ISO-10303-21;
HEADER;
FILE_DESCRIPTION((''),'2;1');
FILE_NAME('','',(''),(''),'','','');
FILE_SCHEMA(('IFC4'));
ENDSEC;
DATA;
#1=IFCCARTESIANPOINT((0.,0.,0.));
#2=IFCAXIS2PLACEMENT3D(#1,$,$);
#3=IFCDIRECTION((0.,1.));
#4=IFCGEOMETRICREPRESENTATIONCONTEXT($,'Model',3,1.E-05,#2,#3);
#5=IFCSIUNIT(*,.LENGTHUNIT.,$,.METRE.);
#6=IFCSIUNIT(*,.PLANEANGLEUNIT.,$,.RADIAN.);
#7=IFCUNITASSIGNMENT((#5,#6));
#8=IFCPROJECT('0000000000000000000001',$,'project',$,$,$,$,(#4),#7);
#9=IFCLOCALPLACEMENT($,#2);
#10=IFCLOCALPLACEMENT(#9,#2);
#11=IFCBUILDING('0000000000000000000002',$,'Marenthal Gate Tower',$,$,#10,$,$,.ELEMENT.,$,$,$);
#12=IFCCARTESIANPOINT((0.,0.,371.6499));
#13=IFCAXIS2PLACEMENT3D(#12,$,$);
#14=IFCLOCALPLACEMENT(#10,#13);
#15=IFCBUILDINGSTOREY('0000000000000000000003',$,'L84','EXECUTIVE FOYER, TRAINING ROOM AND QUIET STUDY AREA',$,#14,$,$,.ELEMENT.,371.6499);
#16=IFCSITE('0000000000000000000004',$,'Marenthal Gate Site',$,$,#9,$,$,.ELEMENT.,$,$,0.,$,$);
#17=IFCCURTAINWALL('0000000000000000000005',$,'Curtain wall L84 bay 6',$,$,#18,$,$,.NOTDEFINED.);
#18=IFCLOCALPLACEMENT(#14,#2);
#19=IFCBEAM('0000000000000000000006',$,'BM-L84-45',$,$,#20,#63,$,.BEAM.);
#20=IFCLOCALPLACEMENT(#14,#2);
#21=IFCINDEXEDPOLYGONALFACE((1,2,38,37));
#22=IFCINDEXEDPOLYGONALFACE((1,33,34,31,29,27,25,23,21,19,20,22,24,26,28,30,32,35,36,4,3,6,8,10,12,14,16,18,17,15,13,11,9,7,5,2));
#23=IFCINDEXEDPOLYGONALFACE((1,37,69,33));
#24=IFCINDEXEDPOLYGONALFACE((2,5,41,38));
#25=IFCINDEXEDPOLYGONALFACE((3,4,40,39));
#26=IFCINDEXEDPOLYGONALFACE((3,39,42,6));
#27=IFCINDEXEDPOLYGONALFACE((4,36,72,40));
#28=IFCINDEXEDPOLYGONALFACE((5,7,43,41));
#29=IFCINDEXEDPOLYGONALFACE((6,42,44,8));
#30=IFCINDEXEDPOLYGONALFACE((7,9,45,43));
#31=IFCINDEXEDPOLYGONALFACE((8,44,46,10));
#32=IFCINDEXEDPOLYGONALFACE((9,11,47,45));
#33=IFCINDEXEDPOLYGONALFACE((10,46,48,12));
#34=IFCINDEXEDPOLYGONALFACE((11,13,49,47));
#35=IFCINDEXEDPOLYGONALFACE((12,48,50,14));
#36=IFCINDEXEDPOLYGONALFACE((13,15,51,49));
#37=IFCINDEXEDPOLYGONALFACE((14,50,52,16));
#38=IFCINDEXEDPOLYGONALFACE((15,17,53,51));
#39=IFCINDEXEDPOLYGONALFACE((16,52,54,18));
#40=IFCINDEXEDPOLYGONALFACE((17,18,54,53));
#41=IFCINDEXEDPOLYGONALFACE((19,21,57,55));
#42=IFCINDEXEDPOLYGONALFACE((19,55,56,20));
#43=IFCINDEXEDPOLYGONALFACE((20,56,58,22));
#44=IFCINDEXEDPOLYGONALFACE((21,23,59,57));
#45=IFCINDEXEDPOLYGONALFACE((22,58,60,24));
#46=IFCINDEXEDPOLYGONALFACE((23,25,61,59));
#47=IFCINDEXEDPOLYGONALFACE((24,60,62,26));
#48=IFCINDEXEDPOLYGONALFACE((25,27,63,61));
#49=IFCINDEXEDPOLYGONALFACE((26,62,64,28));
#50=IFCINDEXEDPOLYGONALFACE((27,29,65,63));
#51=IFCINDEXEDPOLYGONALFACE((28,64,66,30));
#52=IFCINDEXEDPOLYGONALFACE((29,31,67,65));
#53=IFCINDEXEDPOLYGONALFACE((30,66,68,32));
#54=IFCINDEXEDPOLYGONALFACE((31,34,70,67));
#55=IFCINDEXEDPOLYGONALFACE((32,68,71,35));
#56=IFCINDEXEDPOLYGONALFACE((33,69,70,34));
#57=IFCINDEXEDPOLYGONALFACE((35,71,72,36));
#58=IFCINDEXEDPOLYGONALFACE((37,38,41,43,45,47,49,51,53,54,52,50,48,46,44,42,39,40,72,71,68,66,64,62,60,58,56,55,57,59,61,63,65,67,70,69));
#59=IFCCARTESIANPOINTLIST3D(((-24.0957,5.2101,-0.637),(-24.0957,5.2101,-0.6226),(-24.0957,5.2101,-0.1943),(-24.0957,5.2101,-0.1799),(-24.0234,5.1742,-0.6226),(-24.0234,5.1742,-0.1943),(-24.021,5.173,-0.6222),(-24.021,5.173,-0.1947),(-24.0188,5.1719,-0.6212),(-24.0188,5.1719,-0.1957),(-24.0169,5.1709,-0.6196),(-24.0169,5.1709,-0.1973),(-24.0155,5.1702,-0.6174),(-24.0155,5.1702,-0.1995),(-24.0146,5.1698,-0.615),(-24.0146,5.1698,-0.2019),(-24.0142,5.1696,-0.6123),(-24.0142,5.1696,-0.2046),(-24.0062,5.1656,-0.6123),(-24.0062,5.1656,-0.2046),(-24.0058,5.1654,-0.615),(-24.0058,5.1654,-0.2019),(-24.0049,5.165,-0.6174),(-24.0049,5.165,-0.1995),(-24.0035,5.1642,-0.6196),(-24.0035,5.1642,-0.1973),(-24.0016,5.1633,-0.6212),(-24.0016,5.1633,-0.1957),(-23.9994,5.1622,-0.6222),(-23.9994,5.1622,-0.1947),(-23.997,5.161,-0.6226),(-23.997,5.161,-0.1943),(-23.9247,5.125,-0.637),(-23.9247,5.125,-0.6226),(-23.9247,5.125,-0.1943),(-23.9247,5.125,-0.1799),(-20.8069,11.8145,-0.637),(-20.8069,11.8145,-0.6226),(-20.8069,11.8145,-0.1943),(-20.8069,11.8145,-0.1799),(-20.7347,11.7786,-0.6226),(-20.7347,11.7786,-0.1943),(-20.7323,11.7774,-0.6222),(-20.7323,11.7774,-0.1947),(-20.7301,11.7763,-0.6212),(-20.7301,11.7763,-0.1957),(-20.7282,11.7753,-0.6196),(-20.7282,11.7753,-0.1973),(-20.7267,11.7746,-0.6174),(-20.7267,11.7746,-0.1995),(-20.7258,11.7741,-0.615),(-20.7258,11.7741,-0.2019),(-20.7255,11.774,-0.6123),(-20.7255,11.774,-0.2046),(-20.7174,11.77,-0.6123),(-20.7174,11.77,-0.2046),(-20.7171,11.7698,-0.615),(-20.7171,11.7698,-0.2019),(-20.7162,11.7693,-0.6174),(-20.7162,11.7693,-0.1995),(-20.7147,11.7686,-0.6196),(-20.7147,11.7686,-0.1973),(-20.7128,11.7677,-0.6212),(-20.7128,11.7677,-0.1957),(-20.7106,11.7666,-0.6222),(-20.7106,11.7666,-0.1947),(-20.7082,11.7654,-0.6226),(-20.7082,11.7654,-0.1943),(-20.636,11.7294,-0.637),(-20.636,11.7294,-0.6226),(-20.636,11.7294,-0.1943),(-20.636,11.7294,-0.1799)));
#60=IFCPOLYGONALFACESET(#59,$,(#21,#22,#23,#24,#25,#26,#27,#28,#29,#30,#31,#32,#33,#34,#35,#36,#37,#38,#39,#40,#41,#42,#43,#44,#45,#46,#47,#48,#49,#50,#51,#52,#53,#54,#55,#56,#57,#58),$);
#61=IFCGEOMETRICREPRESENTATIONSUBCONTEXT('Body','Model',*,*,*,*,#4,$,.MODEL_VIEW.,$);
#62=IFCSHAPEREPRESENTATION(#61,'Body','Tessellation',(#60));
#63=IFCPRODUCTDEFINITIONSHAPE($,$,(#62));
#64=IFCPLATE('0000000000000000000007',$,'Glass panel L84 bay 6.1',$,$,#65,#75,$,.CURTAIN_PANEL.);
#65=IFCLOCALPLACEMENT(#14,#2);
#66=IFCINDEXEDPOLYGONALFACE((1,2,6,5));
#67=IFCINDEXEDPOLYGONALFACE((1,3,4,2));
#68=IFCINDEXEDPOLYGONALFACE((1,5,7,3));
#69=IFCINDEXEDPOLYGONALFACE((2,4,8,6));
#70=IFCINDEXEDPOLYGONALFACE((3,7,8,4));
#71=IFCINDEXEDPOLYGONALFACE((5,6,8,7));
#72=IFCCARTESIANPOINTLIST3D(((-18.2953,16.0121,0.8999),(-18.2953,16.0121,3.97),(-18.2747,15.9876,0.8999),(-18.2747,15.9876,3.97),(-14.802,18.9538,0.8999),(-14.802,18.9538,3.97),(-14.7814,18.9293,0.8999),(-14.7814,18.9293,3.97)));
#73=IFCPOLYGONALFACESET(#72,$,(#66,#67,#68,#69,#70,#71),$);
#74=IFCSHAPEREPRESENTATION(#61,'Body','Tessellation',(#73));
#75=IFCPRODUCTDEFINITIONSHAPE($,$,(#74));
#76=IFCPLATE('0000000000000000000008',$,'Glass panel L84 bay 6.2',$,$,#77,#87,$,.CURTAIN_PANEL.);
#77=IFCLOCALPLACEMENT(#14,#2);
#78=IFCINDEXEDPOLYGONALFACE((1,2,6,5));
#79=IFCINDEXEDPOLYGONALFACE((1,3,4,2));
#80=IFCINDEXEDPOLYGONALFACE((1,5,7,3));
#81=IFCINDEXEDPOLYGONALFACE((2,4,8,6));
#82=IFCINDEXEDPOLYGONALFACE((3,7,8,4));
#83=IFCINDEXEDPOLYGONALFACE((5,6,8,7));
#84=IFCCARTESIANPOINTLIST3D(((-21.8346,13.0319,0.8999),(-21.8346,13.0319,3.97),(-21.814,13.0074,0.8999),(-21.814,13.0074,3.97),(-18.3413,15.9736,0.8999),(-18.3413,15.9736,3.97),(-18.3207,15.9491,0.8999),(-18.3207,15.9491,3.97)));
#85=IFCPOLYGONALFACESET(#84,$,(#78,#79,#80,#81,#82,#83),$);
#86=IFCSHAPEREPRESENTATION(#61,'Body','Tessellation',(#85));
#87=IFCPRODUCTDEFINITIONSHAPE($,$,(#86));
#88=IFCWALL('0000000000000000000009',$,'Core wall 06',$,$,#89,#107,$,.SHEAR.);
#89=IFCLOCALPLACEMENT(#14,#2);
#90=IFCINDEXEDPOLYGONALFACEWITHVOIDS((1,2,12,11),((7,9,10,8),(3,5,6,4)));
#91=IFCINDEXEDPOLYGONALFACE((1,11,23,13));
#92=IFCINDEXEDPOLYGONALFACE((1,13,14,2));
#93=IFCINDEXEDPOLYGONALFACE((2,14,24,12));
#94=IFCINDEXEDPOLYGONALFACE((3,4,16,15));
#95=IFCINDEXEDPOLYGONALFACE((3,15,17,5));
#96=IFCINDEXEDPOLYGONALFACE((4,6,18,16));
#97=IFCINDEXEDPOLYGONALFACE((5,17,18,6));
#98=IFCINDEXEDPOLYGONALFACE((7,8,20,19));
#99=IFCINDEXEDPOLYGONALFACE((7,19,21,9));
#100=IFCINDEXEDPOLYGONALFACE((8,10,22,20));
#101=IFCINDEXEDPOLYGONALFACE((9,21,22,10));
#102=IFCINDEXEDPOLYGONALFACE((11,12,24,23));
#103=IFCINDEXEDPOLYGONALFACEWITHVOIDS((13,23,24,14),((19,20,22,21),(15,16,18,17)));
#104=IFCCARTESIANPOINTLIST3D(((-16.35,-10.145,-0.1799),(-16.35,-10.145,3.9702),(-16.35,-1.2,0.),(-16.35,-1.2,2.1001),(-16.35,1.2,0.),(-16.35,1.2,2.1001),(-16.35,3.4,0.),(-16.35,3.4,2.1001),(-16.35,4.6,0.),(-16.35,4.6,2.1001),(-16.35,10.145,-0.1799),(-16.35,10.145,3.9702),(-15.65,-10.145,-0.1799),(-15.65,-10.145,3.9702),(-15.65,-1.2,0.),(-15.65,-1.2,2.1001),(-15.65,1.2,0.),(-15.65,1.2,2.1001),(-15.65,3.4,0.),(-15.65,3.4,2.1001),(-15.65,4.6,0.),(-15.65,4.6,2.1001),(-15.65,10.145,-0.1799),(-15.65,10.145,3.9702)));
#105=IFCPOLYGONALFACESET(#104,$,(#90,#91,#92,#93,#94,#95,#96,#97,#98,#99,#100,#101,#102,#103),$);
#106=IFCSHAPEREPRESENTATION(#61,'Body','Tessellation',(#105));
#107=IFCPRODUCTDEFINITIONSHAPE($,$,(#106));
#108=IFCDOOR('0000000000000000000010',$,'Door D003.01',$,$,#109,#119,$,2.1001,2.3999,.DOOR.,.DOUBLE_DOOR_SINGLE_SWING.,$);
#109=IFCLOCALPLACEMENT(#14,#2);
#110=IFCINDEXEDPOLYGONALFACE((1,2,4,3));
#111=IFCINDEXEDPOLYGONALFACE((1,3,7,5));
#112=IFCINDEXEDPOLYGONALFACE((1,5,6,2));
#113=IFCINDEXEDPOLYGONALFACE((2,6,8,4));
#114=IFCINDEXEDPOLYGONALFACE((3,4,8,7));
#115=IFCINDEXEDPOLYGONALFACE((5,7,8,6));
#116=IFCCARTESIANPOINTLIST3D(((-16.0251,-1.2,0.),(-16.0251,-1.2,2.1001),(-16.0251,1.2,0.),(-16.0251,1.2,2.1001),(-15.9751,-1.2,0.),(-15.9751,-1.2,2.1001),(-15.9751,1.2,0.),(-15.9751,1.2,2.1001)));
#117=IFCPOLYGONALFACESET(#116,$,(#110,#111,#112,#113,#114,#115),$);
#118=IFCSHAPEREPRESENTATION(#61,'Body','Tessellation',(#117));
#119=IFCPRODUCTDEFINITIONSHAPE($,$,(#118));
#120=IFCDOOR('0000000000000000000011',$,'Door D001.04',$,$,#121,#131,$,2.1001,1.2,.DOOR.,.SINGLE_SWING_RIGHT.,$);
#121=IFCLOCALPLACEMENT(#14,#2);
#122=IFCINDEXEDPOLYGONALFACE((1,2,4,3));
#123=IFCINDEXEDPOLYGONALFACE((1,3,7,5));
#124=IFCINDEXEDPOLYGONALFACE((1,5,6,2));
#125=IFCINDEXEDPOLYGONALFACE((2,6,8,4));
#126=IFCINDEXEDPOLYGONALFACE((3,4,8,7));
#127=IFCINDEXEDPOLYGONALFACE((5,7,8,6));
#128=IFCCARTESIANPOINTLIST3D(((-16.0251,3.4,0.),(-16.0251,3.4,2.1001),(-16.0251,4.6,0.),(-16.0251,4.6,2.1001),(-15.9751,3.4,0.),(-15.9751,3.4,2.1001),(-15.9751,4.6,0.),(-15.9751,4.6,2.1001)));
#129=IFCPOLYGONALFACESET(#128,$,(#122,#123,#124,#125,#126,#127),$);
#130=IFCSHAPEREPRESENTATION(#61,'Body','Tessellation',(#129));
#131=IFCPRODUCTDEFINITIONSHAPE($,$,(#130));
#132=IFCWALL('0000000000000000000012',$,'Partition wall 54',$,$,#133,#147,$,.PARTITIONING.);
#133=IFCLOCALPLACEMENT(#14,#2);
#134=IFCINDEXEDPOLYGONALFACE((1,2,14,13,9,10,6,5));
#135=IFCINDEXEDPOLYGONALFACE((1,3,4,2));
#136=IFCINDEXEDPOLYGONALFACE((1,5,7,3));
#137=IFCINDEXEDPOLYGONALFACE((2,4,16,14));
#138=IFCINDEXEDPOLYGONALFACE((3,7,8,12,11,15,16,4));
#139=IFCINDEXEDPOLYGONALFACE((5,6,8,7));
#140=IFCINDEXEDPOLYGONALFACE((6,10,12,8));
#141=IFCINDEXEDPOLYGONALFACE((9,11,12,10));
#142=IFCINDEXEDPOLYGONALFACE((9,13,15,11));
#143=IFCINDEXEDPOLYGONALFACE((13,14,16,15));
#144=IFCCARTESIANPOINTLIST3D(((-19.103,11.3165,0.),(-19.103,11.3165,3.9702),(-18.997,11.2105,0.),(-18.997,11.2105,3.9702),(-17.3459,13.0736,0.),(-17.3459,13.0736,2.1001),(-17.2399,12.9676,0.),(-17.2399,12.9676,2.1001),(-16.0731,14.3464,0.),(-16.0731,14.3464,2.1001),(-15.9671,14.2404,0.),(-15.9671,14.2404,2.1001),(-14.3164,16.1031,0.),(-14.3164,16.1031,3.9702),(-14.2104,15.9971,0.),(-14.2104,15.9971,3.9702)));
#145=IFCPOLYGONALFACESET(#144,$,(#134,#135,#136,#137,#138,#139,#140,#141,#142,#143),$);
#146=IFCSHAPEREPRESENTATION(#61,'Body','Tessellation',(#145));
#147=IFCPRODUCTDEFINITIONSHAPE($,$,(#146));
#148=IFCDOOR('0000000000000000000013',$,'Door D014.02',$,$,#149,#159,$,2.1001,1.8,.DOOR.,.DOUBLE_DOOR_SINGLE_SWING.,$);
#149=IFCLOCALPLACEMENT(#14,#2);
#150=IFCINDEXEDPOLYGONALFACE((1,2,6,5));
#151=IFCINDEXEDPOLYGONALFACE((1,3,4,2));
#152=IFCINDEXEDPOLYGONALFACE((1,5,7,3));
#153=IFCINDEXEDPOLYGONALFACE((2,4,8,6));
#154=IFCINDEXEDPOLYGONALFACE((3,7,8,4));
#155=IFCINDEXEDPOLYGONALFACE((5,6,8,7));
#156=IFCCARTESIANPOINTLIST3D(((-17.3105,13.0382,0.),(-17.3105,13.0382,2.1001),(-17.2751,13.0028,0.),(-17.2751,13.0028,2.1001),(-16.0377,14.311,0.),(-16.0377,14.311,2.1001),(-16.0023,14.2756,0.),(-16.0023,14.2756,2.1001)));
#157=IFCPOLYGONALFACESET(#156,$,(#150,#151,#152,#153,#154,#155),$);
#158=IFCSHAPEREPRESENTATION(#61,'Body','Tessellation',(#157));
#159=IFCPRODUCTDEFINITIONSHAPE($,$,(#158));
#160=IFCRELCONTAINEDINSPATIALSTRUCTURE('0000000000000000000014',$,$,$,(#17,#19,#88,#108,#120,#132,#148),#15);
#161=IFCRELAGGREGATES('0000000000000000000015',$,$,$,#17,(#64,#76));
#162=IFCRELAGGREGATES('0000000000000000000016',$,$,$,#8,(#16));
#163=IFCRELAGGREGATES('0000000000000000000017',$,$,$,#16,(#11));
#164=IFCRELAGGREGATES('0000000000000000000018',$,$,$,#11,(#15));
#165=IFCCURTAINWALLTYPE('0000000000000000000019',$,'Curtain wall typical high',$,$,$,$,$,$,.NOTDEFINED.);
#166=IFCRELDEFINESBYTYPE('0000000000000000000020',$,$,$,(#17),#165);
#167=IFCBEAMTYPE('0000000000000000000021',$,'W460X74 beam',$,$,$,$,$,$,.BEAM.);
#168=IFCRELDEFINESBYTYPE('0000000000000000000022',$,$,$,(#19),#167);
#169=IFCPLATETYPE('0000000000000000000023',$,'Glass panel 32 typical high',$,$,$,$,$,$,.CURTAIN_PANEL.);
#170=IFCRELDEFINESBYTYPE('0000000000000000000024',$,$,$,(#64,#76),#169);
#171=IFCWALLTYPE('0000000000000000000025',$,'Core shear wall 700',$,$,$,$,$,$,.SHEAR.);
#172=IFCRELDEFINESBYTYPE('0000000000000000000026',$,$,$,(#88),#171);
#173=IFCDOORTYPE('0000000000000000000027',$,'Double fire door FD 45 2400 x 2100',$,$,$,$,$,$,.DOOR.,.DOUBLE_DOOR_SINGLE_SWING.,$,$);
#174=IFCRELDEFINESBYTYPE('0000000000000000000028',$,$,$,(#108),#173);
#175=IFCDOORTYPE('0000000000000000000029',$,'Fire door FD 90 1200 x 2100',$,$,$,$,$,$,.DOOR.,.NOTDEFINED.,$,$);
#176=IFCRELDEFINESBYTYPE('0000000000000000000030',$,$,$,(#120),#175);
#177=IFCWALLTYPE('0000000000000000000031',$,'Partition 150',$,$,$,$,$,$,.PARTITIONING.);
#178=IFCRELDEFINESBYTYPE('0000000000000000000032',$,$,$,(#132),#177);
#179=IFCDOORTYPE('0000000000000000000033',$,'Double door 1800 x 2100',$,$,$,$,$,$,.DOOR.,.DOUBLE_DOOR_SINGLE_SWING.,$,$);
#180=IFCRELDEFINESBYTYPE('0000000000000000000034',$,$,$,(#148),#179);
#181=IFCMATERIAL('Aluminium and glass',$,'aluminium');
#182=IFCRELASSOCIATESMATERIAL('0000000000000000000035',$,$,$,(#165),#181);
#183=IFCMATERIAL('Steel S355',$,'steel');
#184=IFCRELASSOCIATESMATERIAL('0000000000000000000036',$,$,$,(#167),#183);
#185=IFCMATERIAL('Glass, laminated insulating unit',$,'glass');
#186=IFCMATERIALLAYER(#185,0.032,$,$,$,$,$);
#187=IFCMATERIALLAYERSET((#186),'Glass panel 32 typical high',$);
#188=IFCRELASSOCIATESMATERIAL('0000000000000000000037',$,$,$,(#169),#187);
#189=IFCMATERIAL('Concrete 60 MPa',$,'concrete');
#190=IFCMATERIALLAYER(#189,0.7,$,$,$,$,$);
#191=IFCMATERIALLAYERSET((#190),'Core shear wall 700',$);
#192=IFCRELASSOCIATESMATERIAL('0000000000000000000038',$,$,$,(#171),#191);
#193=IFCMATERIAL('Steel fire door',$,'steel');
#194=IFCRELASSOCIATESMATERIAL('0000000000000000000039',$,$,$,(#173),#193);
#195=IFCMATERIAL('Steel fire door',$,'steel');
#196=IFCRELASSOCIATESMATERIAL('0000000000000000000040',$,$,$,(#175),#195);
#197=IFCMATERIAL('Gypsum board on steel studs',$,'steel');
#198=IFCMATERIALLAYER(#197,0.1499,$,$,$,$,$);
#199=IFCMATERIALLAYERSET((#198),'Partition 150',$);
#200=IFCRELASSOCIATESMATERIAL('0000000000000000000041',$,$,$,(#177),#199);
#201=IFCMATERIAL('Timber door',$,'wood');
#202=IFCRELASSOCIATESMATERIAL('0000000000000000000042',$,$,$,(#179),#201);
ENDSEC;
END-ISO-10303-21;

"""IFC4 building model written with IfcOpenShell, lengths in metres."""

from ifc_helpers import new_model, si_unit, direction, frame, frame_2d, origin, origin_2d, place, context, subcontext, project, spatial, rectangle, i_section, extrude, material, layer, layer_set, material_profile, profile_set, type_object, element, fill, aggregate, save


model = new_model("IFC4")

# Units and contexts
model_context = context("Model", 3, precision=1e-05, world=origin(), true_north=direction((0.0, 1.0)))
body_context = subcontext(model_context, "Body", "Model", "MODEL_VIEW")
ifc_project = project(units=[si_unit("LENGTHUNIT", "METRE"), si_unit("PLANEANGLEUNIT", "RADIAN")], contexts=[model_context])

# Site, building, storey
site_placement = place(None, origin())
site = spatial("IfcSite", under=ifc_project, at=site_placement, Name="Marenthal Gate Site", CompositionType="ELEMENT", RefElevation=0.0)
building_placement = place(site_placement, origin())
building = spatial("IfcBuilding", under=site, at=building_placement, Name="Marenthal Gate Tower", CompositionType="ELEMENT")
storey_placement = place(building_placement, frame((0.0, 0.0, 371.6499)))
storey = spatial("IfcBuildingStorey", under=building, at=storey_placement, Name="L84", Description="EXECUTIVE FOYER, TRAINING ROOM AND QUIET STUDY AREA", CompositionType="ELEMENT", Elevation=371.6499)

# Curtain wall
ifc_material_1 = material(Name="Aluminium and glass", Category="aluminium")
curtain_wall_type = type_object("IfcCurtainWallType", Name="Curtain wall typical high", PredefinedType="NOTDEFINED", material=ifc_material_1)
curtain_wall_placement = place(storey_placement, origin())
curtain_wall = element("IfcCurtainWall", 1, at=curtain_wall_placement, inside=storey, type_object=curtain_wall_type, Name="Curtain wall L84 bay 6", PredefinedType="NOTDEFINED")

# Beam
ifc_material_2 = material(Name="Steel S355", Category="steel")
ifc_material_profile_1 = material_profile(ifc_material_2, i_section(OverallWidth=0.1909, OverallDepth=0.457, WebThickness=0.009, FlangeThickness=0.0144, FilletRadius=0.0103, at=origin_2d()), Name="W460X74")
ifc_profile_set_1 = profile_set([ifc_material_profile_1], Name="Steel S355")
beam_type_1 = type_object("IfcBeamType", Name="W460X74 beam", PredefinedType="BEAM", material=ifc_profile_set_1)
beam_1_placement = place(storey_placement, frame((-20.7214, 11.772, -0.4084), z_axis=(-0.445757, -0.895154, 0.0), x_axis=(0.895154, -0.445757, 0.0)))
element("IfcBeam", 2, at=beam_1_placement, inside=storey, type_object=beam_type_1, Name="BM-L84-45", PredefinedType="BEAM", context=body_context, shape_type="SweptSolid", body=[
    extrude(i_section(OverallWidth=0.1909, OverallDepth=0.457, WebThickness=0.009, FlangeThickness=0.0144, FilletRadius=0.0103, at=origin_2d()), origin(), (0.0, 0.0, 1.0), 7.3779),
])

# Plates
ifc_material_3 = material(Name="Glass, laminated insulating unit", Category="glass")
ifc_layer_1 = layer(ifc_material_3, 0.032)
ifc_layer_set_1 = layer_set([ifc_layer_1], Name="Glass panel 32 typical high")
plate_type = type_object("IfcPlateType", Name="Glass panel 32 typical high", PredefinedType="CURTAIN_PANEL", material=ifc_layer_set_1)
plate_1_placement = place(storey_placement, frame((-16.5383, 17.4707, 0.8999), z_axis=(0.0, 0.0, 1.0), x_axis=(-0.764912, -0.644135, 0.0)))
plate_1 = element("IfcPlate", 3, at=plate_1_placement, type_object=plate_type, Name="Glass panel L84 bay 6.1", PredefinedType="CURTAIN_PANEL", context=body_context, shape_type="SweptSolid", body=[
    extrude(rectangle(XDim=4.5669, YDim=0.032, at=origin_2d()), origin(), (0.0, 0.0, 1.0), 3.0701),
])
plate_2_placement = place(storey_placement, frame((-20.0776, 14.4905, 0.8999), z_axis=(0.0, 0.0, 1.0), x_axis=(-0.764912, -0.644135, 0.0)))
plate_2 = element("IfcPlate", 4, at=plate_2_placement, type_object=plate_type, Name="Glass panel L84 bay 6.2", PredefinedType="CURTAIN_PANEL", context=body_context, shape_type="SweptSolid", body=[
    extrude(rectangle(XDim=4.5669, YDim=0.032, at=origin_2d()), origin(), (0.0, 0.0, 1.0), 3.0701),
])
aggregate(curtain_wall, [plate_1, plate_2])

# Wall, openings, doors
ifc_material_4 = material(Name="Concrete 60 MPa", Category="concrete")
ifc_layer_2 = layer(ifc_material_4, 0.7)
ifc_layer_set_2 = layer_set([ifc_layer_2], Name="Core shear wall 700")
wall_type_1 = type_object("IfcWallType", Name="Core shear wall 700", PredefinedType="SHEAR", material=ifc_layer_set_2)
wall_1_placement = place(storey_placement, frame((-16.0, 10.145, -0.1799), z_axis=(0.0, 0.0, 1.0), x_axis=(0.0, -1.0, 0.0)))
wall_1 = element("IfcWall", 5, at=wall_1_placement, inside=storey, type_object=wall_type_1, Name="Core wall 06", PredefinedType="SHEAR", context=body_context, shape_type="SweptSolid", body=[
    extrude(rectangle(XDim=20.29, YDim=0.7, at=frame_2d((10.145, 0.0))), origin(), (0.0, 0.0, 1.0), 4.1501),
])
opening_1_placement = place(wall_1_placement, frame((8.9451, 0.0, 0.1799)))
opening_1 = element("IfcOpeningElement", 6, at=opening_1_placement, cuts=wall_1, PredefinedType="OPENING", context=body_context, shape_type="SweptSolid", body=[
    extrude(rectangle(XDim=2.3999, YDim=2.1001, at=frame_2d((1.2, 1.05))), frame((0.0, 0.3599, 0.0), z_axis=(0.0, -1.0, 0.0), x_axis=(1.0, 0.0, 0.0)), (0.0, 0.0, 1.0), 0.72),
])
opening_2_placement = place(wall_1_placement, frame((5.5449, 0.0, 0.1799)))
opening_2 = element("IfcOpeningElement", 7, at=opening_2_placement, cuts=wall_1, PredefinedType="OPENING", context=body_context, shape_type="SweptSolid", body=[
    extrude(rectangle(XDim=1.2, YDim=2.1001, at=frame_2d((0.6001, 1.05))), frame((0.0, 0.3599, 0.0), z_axis=(0.0, -1.0, 0.0), x_axis=(1.0, 0.0, 0.0)), (0.0, 0.0, 1.0), 0.72),
])
ifc_material_5 = material(Name="Steel fire door", Category="steel")
door_type_1 = type_object("IfcDoorType", Name="Double fire door FD 45 2400 x 2100", OperationType="DOUBLE_DOOR_SINGLE_SWING", PredefinedType="DOOR", material=ifc_material_5)
door_1_placement = place(opening_1_placement, origin())
door_1 = element("IfcDoor", 8, at=door_1_placement, inside=storey, type_object=door_type_1, Name="Door D003.01", OperationType="DOUBLE_DOOR_SINGLE_SWING", OverallHeight=2.1001, OverallWidth=2.3999, PredefinedType="DOOR", context=body_context, shape_type="SweptSolid", body=[
    extrude(rectangle(XDim=2.3999, YDim=2.1001, at=frame_2d((1.2, 1.05))), frame((0.0, 0.0249, 0.0), z_axis=(0.0, -1.0, 0.0), x_axis=(1.0, 0.0, 0.0)), (0.0, 0.0, 1.0), 0.05),
])
fill(opening_1, door_1)
ifc_material_6 = material(Name="Steel fire door", Category="steel")
door_type_2 = type_object("IfcDoorType", Name="Fire door FD 90 1200 x 2100", OperationType="NOTDEFINED", PredefinedType="DOOR", material=ifc_material_6)
door_2_placement = place(opening_2_placement, origin())
door_2 = element("IfcDoor", 9, at=door_2_placement, inside=storey, type_object=door_type_2, Name="Door D001.04", OperationType="SINGLE_SWING_RIGHT", OverallHeight=2.1001, OverallWidth=1.2, PredefinedType="DOOR", context=body_context, shape_type="SweptSolid", body=[
    extrude(rectangle(XDim=1.2, YDim=2.1001, at=frame_2d((0.6001, 1.05))), frame((0.0, 0.0249, 0.0), z_axis=(0.0, -1.0, 0.0), x_axis=(1.0, 0.0, 0.0)), (0.0, 0.0, 1.0), 0.05),
])
fill(opening_2, door_2)

# Wall, opening, door
ifc_material_7 = material(Name="Gypsum board on steel studs", Category="steel")
ifc_layer_3 = layer(ifc_material_7, 0.1499)
ifc_layer_set_3 = layer_set([ifc_layer_3], Name="Partition 150")
wall_type_2 = type_object("IfcWallType", Name="Partition 150", PredefinedType="PARTITIONING", material=ifc_layer_set_3)
wall_2_placement = place(storey_placement, frame((-19.05, 11.2634, 0.0), z_axis=(0.0, 0.0, 1.0), x_axis=(0.707107, 0.707107, 0.0)))
wall_2 = element("IfcWall", 10, at=wall_2_placement, inside=storey, type_object=wall_type_2, Name="Partition wall 54", PredefinedType="PARTITIONING", context=body_context, shape_type="SweptSolid", body=[
    extrude(rectangle(XDim=6.7693, YDim=0.1499, at=frame_2d((3.3848, 0.0))), origin(), (0.0, 0.0, 1.0), 3.9702),
])
opening_3_placement = place(wall_2_placement, frame((2.4851, 0.0, 0.0)))
opening_3 = element("IfcOpeningElement", 11, at=opening_3_placement, cuts=wall_2, PredefinedType="OPENING", context=body_context, shape_type="SweptSolid", body=[
    extrude(rectangle(XDim=1.8, YDim=2.1001, at=frame_2d((0.8999, 1.05))), frame((0.0, 0.085, 0.0), z_axis=(0.0, -1.0, 0.0), x_axis=(1.0, 0.0, 0.0)), (0.0, 0.0, 1.0), 0.1699),
])
ifc_material_8 = material(Name="Timber door", Category="wood")
door_type_3 = type_object("IfcDoorType", Name="Double door 1800 x 2100", OperationType="DOUBLE_DOOR_SINGLE_SWING", PredefinedType="DOOR", material=ifc_material_8)
door_3_placement = place(opening_3_placement, origin())
door_3 = element("IfcDoor", 12, at=door_3_placement, inside=storey, type_object=door_type_3, Name="Door D014.02", OperationType="DOUBLE_DOOR_SINGLE_SWING", OverallHeight=2.1001, OverallWidth=1.8, PredefinedType="DOOR", context=body_context, shape_type="SweptSolid", body=[
    extrude(rectangle(XDim=1.8, YDim=2.1001, at=frame_2d((0.8999, 1.05))), frame((0.0, 0.0249, 0.0), z_axis=(0.0, -1.0, 0.0), x_axis=(1.0, 0.0, 0.0)), (0.0, 0.0, 1.0), 0.05),
])
fill(opening_3, door_3)

save(model, "model.ifc")
